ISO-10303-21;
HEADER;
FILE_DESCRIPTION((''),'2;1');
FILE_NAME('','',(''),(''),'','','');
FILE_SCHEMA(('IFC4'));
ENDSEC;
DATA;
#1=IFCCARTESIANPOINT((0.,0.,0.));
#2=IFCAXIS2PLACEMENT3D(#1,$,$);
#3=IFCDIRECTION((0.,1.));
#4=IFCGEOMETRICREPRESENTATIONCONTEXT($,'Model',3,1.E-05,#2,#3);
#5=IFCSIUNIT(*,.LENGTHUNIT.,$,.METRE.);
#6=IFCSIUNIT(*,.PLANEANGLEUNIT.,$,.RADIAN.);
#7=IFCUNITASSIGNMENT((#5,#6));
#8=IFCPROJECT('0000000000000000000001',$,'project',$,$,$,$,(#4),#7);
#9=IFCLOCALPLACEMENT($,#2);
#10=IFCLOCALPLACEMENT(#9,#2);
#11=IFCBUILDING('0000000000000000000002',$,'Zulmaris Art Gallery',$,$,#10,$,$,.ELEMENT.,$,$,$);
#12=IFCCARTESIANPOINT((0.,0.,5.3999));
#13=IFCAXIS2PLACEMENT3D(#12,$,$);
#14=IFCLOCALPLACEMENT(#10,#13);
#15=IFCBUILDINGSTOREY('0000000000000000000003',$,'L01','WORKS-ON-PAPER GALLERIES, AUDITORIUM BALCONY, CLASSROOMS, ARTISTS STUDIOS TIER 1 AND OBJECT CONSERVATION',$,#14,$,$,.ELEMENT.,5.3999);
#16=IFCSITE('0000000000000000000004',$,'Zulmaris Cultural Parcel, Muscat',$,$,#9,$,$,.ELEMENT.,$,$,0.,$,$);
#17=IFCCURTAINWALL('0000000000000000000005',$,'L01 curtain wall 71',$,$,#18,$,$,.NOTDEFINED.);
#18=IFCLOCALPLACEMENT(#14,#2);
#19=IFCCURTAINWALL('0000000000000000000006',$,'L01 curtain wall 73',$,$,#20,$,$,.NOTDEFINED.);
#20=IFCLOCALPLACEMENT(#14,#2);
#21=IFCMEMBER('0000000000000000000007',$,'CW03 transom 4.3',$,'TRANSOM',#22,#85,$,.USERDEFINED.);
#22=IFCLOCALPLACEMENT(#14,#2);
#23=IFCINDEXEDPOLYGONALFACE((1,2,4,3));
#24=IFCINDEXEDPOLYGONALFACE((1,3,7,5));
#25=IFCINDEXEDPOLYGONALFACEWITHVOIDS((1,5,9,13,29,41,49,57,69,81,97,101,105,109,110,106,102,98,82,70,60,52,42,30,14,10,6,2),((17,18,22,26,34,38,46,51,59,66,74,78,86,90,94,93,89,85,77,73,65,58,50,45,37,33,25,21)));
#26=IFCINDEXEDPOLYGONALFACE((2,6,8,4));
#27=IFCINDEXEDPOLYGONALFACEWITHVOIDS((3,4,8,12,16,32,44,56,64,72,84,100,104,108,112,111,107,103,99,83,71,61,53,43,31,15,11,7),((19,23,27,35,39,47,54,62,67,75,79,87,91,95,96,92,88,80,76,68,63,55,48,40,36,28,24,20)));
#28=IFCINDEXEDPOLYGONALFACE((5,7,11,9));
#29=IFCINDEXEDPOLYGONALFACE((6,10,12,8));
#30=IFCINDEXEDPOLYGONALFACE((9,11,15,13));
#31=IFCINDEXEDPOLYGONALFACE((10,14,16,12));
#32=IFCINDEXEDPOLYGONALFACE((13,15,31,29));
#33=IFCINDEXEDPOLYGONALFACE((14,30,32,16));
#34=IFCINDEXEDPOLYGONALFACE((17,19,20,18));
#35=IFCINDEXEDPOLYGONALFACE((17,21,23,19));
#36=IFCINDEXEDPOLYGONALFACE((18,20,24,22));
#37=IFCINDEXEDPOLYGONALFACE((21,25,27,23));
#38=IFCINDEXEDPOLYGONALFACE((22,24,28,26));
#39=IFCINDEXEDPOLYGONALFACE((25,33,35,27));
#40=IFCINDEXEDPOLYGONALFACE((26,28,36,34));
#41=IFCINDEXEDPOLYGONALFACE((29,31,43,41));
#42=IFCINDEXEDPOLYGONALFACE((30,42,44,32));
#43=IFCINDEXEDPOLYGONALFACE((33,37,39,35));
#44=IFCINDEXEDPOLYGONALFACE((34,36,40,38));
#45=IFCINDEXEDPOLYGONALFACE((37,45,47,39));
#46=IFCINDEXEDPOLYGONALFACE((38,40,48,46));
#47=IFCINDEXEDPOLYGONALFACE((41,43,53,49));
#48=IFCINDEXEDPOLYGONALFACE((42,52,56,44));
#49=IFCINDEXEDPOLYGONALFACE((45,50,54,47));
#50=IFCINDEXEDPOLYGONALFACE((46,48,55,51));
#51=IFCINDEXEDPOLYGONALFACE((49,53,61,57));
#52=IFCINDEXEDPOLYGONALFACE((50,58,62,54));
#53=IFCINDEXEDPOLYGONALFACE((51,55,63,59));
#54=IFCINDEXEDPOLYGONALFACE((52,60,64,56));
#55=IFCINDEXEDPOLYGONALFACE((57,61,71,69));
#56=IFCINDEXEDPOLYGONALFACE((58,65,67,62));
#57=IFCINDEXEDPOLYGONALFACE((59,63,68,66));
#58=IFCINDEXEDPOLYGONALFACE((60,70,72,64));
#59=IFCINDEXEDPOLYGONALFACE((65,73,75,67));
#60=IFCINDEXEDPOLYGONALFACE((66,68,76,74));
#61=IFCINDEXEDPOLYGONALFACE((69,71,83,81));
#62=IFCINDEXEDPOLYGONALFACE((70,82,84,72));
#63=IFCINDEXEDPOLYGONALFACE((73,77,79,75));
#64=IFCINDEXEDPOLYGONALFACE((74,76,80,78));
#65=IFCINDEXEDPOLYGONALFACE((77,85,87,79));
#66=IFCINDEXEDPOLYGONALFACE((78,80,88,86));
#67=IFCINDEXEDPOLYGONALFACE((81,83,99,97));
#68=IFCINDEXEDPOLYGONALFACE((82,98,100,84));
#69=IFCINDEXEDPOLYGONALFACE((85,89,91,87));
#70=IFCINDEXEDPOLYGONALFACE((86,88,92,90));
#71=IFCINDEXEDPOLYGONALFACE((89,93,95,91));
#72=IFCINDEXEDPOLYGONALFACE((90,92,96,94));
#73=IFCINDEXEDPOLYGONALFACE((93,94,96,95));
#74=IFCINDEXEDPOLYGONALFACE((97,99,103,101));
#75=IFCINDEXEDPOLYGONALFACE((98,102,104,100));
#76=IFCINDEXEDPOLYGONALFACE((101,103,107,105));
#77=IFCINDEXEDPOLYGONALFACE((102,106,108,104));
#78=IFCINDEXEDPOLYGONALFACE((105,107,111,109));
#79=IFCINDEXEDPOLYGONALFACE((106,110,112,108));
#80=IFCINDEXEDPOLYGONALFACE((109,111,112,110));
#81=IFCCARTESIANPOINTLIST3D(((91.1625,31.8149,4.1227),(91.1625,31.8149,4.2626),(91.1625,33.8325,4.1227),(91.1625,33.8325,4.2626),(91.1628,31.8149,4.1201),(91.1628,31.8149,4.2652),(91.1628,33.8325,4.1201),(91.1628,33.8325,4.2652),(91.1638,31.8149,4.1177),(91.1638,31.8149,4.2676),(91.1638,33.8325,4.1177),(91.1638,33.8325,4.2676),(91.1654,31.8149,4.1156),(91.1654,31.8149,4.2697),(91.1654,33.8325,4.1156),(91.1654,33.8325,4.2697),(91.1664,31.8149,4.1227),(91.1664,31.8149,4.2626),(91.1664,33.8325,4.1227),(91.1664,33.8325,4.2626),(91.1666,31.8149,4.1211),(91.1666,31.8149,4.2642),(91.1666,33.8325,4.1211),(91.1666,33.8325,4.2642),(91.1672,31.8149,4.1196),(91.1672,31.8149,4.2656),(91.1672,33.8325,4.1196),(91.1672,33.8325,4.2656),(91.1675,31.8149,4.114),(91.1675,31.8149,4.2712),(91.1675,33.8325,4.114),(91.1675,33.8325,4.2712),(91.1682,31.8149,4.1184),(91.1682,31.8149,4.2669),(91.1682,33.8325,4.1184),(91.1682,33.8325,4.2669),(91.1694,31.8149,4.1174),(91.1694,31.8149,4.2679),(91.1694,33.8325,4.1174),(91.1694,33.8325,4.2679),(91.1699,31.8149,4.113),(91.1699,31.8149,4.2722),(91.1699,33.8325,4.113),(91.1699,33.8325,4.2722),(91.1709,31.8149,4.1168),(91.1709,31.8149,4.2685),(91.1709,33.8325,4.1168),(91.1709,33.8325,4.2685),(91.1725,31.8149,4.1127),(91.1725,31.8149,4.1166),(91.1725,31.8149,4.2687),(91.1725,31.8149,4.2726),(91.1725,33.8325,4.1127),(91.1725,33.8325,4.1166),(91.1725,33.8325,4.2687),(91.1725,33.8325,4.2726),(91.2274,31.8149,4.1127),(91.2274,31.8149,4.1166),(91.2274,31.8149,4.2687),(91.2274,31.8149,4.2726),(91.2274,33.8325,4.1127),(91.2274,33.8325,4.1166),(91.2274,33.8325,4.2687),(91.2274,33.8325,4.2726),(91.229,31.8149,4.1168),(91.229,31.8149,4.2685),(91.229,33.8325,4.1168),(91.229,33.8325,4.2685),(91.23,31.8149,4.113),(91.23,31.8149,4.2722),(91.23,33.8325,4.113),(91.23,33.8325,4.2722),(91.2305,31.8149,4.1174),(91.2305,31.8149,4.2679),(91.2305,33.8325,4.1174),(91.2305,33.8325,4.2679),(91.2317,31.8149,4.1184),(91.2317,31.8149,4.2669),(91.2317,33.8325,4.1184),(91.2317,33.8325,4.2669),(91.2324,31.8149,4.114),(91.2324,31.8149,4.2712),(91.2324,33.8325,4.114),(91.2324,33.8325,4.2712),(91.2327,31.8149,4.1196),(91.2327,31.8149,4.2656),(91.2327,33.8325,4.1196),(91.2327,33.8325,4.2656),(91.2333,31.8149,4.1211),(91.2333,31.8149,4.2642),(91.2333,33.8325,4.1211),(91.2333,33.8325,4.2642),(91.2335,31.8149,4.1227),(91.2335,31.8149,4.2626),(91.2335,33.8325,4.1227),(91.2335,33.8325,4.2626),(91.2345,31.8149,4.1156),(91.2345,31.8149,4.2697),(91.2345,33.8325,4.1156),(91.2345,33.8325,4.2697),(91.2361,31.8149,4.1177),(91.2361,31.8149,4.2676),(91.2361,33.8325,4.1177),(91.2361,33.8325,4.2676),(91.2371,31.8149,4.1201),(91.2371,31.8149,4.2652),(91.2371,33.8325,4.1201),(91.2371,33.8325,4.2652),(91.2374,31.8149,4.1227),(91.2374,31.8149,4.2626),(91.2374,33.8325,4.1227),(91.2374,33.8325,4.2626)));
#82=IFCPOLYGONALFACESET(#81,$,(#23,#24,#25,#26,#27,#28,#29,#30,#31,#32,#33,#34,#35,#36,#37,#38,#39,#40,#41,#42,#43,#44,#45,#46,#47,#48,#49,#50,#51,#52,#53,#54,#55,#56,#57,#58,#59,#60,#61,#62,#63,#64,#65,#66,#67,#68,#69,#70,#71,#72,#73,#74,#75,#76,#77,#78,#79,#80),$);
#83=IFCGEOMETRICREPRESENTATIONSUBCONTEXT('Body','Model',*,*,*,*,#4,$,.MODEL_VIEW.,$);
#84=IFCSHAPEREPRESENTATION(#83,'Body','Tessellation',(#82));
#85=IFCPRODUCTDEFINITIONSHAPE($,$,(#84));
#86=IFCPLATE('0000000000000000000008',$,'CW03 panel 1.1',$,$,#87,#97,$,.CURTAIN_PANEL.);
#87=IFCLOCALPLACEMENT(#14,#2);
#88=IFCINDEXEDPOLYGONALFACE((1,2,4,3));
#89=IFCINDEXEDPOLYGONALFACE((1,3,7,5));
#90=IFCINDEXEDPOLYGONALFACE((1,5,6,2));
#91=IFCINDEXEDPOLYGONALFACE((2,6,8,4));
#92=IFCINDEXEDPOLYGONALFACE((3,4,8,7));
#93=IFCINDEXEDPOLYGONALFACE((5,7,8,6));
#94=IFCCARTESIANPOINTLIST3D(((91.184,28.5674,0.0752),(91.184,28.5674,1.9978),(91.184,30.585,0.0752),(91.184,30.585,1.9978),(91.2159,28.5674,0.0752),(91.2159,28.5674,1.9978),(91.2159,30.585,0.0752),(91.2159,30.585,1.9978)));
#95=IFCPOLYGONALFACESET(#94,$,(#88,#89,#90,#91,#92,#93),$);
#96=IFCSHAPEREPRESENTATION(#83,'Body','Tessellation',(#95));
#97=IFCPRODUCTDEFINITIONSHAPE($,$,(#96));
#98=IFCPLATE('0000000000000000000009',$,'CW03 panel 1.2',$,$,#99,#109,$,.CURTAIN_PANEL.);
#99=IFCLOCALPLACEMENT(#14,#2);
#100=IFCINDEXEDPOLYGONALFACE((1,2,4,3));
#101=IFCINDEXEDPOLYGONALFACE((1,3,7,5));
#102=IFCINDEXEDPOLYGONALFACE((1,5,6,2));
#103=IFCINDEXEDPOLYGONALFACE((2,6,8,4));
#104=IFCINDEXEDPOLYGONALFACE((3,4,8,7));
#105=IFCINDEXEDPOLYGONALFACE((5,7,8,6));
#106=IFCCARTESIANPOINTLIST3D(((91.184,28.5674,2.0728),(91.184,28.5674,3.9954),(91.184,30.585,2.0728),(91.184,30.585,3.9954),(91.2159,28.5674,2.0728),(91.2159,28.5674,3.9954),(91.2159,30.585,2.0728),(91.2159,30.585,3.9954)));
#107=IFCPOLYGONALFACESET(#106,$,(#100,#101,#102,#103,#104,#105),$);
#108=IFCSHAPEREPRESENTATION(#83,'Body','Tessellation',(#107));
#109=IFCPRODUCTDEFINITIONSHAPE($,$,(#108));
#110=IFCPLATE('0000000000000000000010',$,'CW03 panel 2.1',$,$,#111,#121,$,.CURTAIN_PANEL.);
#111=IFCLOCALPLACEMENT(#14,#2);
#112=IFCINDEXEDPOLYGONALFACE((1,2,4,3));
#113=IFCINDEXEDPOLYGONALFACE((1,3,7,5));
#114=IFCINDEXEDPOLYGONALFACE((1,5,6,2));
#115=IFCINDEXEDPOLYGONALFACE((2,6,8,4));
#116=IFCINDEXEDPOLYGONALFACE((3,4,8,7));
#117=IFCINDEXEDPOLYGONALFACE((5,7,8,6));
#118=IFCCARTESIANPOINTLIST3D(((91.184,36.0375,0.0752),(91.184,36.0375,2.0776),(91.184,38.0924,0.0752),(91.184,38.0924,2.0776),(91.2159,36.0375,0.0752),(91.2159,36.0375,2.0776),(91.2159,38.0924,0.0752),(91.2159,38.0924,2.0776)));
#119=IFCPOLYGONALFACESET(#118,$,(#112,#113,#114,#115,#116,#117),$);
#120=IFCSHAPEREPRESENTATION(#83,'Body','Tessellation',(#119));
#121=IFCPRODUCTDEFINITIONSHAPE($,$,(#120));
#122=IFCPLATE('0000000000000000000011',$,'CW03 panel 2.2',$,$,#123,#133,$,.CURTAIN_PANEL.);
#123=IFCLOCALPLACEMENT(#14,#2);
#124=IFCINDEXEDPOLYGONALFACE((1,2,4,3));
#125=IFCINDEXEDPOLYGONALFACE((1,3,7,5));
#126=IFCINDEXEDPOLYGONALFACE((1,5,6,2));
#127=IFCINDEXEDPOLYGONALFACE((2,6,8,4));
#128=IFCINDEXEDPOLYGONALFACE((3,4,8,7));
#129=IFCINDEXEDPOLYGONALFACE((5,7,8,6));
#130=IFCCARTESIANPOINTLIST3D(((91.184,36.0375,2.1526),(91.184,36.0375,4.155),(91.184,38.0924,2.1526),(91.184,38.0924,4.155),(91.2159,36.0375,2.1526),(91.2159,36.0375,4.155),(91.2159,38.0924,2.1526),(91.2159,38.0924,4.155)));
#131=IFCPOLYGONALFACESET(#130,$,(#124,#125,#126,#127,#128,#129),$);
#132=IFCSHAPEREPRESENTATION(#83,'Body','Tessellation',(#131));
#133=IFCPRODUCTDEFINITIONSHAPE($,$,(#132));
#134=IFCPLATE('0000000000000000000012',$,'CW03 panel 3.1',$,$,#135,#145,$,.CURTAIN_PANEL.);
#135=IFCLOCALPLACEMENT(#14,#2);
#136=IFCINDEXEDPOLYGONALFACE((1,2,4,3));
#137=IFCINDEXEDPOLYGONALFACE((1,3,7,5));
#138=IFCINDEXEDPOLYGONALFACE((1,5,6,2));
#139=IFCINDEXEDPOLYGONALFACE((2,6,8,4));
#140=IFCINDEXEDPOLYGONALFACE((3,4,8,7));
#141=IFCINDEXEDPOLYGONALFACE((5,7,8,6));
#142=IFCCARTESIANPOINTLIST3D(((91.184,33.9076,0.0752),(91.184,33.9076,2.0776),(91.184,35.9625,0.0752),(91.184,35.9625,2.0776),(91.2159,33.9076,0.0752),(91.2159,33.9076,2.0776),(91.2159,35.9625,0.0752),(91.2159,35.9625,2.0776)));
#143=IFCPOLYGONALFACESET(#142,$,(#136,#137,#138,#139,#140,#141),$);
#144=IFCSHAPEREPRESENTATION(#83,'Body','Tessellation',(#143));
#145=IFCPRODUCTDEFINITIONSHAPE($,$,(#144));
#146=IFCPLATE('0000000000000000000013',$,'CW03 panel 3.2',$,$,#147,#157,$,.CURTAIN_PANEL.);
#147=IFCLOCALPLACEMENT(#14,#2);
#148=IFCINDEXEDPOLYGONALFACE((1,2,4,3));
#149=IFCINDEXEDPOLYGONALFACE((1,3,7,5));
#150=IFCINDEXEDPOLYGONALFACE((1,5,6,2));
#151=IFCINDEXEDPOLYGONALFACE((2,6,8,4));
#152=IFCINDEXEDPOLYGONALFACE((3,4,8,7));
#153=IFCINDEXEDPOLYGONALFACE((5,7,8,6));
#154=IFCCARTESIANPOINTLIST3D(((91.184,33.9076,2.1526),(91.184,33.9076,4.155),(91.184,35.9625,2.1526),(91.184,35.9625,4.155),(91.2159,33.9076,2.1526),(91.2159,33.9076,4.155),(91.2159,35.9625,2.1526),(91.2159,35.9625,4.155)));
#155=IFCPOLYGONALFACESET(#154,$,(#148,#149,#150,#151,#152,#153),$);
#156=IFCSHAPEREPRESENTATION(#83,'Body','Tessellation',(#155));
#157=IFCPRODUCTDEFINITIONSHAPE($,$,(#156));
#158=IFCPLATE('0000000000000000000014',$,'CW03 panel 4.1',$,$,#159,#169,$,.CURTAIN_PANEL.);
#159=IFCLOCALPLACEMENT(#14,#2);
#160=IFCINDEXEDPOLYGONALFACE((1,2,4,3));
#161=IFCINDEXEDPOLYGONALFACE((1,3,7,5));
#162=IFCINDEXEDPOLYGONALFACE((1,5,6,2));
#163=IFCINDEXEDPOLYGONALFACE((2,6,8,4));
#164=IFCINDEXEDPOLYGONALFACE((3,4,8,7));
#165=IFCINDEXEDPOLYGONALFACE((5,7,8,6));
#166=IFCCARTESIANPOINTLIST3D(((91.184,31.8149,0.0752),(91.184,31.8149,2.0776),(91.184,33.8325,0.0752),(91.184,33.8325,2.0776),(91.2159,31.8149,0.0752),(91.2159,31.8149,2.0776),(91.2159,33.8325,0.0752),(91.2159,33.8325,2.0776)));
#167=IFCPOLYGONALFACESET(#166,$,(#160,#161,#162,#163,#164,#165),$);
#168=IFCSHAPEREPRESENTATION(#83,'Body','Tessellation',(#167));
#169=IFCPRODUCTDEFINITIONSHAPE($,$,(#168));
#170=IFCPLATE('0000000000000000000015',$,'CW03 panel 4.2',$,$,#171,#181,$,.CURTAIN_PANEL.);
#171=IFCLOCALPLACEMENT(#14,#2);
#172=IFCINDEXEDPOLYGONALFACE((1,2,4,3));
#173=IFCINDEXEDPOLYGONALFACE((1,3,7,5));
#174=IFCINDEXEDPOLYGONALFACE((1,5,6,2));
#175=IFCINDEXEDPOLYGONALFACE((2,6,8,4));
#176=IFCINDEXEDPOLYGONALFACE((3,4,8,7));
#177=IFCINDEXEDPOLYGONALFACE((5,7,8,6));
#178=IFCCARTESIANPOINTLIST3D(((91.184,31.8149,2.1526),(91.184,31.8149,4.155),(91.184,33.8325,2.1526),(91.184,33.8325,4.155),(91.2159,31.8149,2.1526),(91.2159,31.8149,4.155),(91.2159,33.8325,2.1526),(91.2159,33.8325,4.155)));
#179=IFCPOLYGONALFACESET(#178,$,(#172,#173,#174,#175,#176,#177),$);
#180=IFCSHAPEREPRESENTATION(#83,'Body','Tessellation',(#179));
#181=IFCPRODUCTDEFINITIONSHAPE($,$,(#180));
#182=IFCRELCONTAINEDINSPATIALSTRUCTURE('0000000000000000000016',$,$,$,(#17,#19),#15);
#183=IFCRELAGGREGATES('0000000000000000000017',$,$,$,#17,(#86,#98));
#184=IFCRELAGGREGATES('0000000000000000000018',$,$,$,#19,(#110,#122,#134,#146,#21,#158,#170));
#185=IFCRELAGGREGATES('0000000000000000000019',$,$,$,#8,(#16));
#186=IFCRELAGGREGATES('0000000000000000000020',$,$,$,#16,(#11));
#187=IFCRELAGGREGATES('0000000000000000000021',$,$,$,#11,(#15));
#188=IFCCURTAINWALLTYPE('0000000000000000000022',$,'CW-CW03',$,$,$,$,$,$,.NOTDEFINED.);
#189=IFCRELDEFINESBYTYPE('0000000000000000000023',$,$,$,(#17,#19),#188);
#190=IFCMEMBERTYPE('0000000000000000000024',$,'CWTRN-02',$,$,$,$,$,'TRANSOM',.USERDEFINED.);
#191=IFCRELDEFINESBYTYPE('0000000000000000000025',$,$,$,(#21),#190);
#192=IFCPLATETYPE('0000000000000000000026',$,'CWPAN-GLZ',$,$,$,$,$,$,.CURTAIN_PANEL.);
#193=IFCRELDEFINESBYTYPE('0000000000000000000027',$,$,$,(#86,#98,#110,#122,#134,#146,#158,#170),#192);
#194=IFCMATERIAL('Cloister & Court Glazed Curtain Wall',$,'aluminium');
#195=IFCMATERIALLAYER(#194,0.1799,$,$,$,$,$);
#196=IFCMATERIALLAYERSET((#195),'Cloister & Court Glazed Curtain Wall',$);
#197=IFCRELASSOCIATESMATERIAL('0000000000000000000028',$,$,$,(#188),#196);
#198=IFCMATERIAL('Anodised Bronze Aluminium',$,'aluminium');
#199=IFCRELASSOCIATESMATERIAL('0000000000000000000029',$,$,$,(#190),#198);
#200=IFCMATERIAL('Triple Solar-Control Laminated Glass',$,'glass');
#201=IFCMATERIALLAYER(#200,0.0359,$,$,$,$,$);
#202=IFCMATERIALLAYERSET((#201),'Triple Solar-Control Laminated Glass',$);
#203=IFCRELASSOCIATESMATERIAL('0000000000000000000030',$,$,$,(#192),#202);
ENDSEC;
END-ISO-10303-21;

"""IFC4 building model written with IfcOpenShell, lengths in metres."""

from ifc_helpers import new_model, si_unit, direction, frame, origin, origin_2d, place, context, subcontext, project, spatial, rectangle, hollow_rectangle, extrude, material, layer, layer_set, material_profile, profile_set, type_object, element, aggregate, save


model = new_model("IFC4")

# Units and contexts
model_context = context("Model", 3, precision=1e-05, world=origin(), true_north=direction((0.0, 1.0)))
body_context = subcontext(model_context, "Body", "Model", "MODEL_VIEW")
ifc_project = project(units=[si_unit("LENGTHUNIT", "METRE"), si_unit("PLANEANGLEUNIT", "RADIAN")], contexts=[model_context])

# Site, building, storey
site_placement = place(None, origin())
site = spatial("IfcSite", under=ifc_project, at=site_placement, Name="Zulmaris Cultural Parcel, Muscat", CompositionType="ELEMENT", RefElevation=0.0)
building_placement = place(site_placement, origin())
building = spatial("IfcBuilding", under=site, at=building_placement, Name="Zulmaris Art Gallery", CompositionType="ELEMENT")
storey_placement = place(building_placement, frame((0.0, 0.0, 5.3999)))
storey = spatial("IfcBuildingStorey", under=building, at=storey_placement, Name="L01", Description="WORKS-ON-PAPER GALLERIES, AUDITORIUM BALCONY, CLASSROOMS, ARTISTS STUDIOS TIER 1 AND OBJECT CONSERVATION", CompositionType="ELEMENT", Elevation=5.3999)

# Curtain wall
ifc_material_1 = material(Name="Cloister & Court Glazed Curtain Wall", Category="aluminium")
ifc_layer_1 = layer(ifc_material_1, 0.1799)
ifc_layer_set_1 = layer_set([ifc_layer_1], Name="Cloister & Court Glazed Curtain Wall")
curtain_wall_type = type_object("IfcCurtainWallType", Name="CW-CW03", PredefinedType="NOTDEFINED", material=ifc_layer_set_1)
curtain_wall_1_placement = place(storey_placement, origin())
curtain_wall_1 = element("IfcCurtainWall", 1, at=curtain_wall_1_placement, inside=storey, type_object=curtain_wall_type, Name="L01 curtain wall 71", PredefinedType="NOTDEFINED")
ifc_material_2 = material(Name="Anodised Bronze Aluminium", Category="aluminium")

# Curtain wall
curtain_wall_2_placement = place(storey_placement, origin())
curtain_wall_2 = element("IfcCurtainWall", 2, at=curtain_wall_2_placement, inside=storey, type_object=curtain_wall_type, Name="L01 curtain wall 73", PredefinedType="NOTDEFINED")

# Member
ifc_material_profile_1 = material_profile(ifc_material_2, hollow_rectangle(XDim=0.075, YDim=0.1599, WallThickness=0.0039, InnerFilletRadius=0.0061, OuterFilletRadius=0.01, at=origin_2d()), Name="ALU 75x160x4")
ifc_profile_set_1 = profile_set([ifc_material_profile_1], Name="Anodised Bronze Aluminium")
member_type_1 = type_object("IfcMemberType", Name="CWTRN-02", ElementType="TRANSOM", PredefinedType="USERDEFINED", material=ifc_profile_set_1)
member_1_placement = place(storey_placement, frame((91.2, 33.8325, 4.1926), z_axis=(0.0, -1.0, 0.0), x_axis=(1.0, 0.0, 0.0)))
member_1 = element("IfcMember", 3, at=member_1_placement, type_object=member_type_1, Name="CW03 transom 4.3", ObjectType="TRANSOM", PredefinedType="USERDEFINED", context=body_context, shape_type="SweptSolid", body=[
    extrude(hollow_rectangle(XDim=0.075, YDim=0.1599, WallThickness=0.0039, InnerFilletRadius=0.0061, OuterFilletRadius=0.01, at=origin_2d()), origin(), (0.0, 0.0, 1.0), 2.0176),
])

# Plates
ifc_material_3 = material(Name="Triple Solar-Control Laminated Glass", Category="glass")
ifc_layer_2 = layer(ifc_material_3, 0.0359)
ifc_layer_set_2 = layer_set([ifc_layer_2], Name="Triple Solar-Control Laminated Glass")
plate_type = type_object("IfcPlateType", Name="CWPAN-GLZ", PredefinedType="CURTAIN_PANEL", material=ifc_layer_set_2)
plate_1_placement = place(storey_placement, frame((91.2, 29.5762, 0.0752), z_axis=(0.0, 0.0, 1.0), x_axis=(0.0, -1.0, 0.0)))
plate_1 = element("IfcPlate", 4, at=plate_1_placement, type_object=plate_type, Name="CW03 panel 1.1", PredefinedType="CURTAIN_PANEL", context=body_context, shape_type="SweptSolid", body=[
    extrude(rectangle(XDim=2.0176, YDim=0.032, at=origin_2d()), origin(), (0.0, 0.0, 1.0), 1.9226),
])
plate_2_placement = place(storey_placement, frame((91.2, 29.5762, 2.0728), z_axis=(0.0, 0.0, 1.0), x_axis=(0.0, -1.0, 0.0)))
plate_2 = element("IfcPlate", 5, at=plate_2_placement, type_object=plate_type, Name="CW03 panel 1.2", PredefinedType="CURTAIN_PANEL", context=body_context, shape_type="SweptSolid", body=[
    extrude(rectangle(XDim=2.0176, YDim=0.032, at=origin_2d()), origin(), (0.0, 0.0, 1.0), 1.9226),
])
aggregate(curtain_wall_1, [plate_1, plate_2])
plate_3_placement = place(storey_placement, frame((91.2, 37.0649, 0.0752), z_axis=(0.0, 0.0, 1.0), x_axis=(0.0, -1.0, 0.0)))
plate_3 = element("IfcPlate", 6, at=plate_3_placement, type_object=plate_type, Name="CW03 panel 2.1", PredefinedType="CURTAIN_PANEL", context=body_context, shape_type="SweptSolid", body=[
    extrude(rectangle(XDim=2.0549, YDim=0.032, at=origin_2d()), origin(), (0.0, 0.0, 1.0), 2.0024),
])
plate_4_placement = place(storey_placement, frame((91.2, 37.0649, 2.1526), z_axis=(0.0, 0.0, 1.0), x_axis=(0.0, -1.0, 0.0)))
plate_4 = element("IfcPlate", 7, at=plate_4_placement, type_object=plate_type, Name="CW03 panel 2.2", PredefinedType="CURTAIN_PANEL", context=body_context, shape_type="SweptSolid", body=[
    extrude(rectangle(XDim=2.0549, YDim=0.032, at=origin_2d()), origin(), (0.0, 0.0, 1.0), 2.0024),
])
plate_5_placement = place(storey_placement, frame((91.2, 34.9351, 0.0752), z_axis=(0.0, 0.0, 1.0), x_axis=(0.0, -1.0, 0.0)))
plate_5 = element("IfcPlate", 8, at=plate_5_placement, type_object=plate_type, Name="CW03 panel 3.1", PredefinedType="CURTAIN_PANEL", context=body_context, shape_type="SweptSolid", body=[
    extrude(rectangle(XDim=2.0549, YDim=0.032, at=origin_2d()), origin(), (0.0, 0.0, 1.0), 2.0024),
])
plate_6_placement = place(storey_placement, frame((91.2, 34.9351, 2.1526), z_axis=(0.0, 0.0, 1.0), x_axis=(0.0, -1.0, 0.0)))
plate_6 = element("IfcPlate", 9, at=plate_6_placement, type_object=plate_type, Name="CW03 panel 3.2", PredefinedType="CURTAIN_PANEL", context=body_context, shape_type="SweptSolid", body=[
    extrude(rectangle(XDim=2.0549, YDim=0.032, at=origin_2d()), origin(), (0.0, 0.0, 1.0), 2.0024),
])
plate_7_placement = place(storey_placement, frame((91.2, 32.8237, 0.0752), z_axis=(0.0, 0.0, 1.0), x_axis=(0.0, -1.0, 0.0)))
plate_7 = element("IfcPlate", 10, at=plate_7_placement, type_object=plate_type, Name="CW03 panel 4.1", PredefinedType="CURTAIN_PANEL", context=body_context, shape_type="SweptSolid", body=[
    extrude(rectangle(XDim=2.0176, YDim=0.032, at=origin_2d()), origin(), (0.0, 0.0, 1.0), 2.0024),
])
plate_8_placement = place(storey_placement, frame((91.2, 32.8237, 2.1526), z_axis=(0.0, 0.0, 1.0), x_axis=(0.0, -1.0, 0.0)))
plate_8 = element("IfcPlate", 11, at=plate_8_placement, type_object=plate_type, Name="CW03 panel 4.2", PredefinedType="CURTAIN_PANEL", context=body_context, shape_type="SweptSolid", body=[
    extrude(rectangle(XDim=2.0176, YDim=0.032, at=origin_2d()), origin(), (0.0, 0.0, 1.0), 2.0024),
])
aggregate(curtain_wall_2, [plate_3, plate_4, plate_5, plate_6, member_1, plate_7, plate_8])

save(model, "model.ifc")
